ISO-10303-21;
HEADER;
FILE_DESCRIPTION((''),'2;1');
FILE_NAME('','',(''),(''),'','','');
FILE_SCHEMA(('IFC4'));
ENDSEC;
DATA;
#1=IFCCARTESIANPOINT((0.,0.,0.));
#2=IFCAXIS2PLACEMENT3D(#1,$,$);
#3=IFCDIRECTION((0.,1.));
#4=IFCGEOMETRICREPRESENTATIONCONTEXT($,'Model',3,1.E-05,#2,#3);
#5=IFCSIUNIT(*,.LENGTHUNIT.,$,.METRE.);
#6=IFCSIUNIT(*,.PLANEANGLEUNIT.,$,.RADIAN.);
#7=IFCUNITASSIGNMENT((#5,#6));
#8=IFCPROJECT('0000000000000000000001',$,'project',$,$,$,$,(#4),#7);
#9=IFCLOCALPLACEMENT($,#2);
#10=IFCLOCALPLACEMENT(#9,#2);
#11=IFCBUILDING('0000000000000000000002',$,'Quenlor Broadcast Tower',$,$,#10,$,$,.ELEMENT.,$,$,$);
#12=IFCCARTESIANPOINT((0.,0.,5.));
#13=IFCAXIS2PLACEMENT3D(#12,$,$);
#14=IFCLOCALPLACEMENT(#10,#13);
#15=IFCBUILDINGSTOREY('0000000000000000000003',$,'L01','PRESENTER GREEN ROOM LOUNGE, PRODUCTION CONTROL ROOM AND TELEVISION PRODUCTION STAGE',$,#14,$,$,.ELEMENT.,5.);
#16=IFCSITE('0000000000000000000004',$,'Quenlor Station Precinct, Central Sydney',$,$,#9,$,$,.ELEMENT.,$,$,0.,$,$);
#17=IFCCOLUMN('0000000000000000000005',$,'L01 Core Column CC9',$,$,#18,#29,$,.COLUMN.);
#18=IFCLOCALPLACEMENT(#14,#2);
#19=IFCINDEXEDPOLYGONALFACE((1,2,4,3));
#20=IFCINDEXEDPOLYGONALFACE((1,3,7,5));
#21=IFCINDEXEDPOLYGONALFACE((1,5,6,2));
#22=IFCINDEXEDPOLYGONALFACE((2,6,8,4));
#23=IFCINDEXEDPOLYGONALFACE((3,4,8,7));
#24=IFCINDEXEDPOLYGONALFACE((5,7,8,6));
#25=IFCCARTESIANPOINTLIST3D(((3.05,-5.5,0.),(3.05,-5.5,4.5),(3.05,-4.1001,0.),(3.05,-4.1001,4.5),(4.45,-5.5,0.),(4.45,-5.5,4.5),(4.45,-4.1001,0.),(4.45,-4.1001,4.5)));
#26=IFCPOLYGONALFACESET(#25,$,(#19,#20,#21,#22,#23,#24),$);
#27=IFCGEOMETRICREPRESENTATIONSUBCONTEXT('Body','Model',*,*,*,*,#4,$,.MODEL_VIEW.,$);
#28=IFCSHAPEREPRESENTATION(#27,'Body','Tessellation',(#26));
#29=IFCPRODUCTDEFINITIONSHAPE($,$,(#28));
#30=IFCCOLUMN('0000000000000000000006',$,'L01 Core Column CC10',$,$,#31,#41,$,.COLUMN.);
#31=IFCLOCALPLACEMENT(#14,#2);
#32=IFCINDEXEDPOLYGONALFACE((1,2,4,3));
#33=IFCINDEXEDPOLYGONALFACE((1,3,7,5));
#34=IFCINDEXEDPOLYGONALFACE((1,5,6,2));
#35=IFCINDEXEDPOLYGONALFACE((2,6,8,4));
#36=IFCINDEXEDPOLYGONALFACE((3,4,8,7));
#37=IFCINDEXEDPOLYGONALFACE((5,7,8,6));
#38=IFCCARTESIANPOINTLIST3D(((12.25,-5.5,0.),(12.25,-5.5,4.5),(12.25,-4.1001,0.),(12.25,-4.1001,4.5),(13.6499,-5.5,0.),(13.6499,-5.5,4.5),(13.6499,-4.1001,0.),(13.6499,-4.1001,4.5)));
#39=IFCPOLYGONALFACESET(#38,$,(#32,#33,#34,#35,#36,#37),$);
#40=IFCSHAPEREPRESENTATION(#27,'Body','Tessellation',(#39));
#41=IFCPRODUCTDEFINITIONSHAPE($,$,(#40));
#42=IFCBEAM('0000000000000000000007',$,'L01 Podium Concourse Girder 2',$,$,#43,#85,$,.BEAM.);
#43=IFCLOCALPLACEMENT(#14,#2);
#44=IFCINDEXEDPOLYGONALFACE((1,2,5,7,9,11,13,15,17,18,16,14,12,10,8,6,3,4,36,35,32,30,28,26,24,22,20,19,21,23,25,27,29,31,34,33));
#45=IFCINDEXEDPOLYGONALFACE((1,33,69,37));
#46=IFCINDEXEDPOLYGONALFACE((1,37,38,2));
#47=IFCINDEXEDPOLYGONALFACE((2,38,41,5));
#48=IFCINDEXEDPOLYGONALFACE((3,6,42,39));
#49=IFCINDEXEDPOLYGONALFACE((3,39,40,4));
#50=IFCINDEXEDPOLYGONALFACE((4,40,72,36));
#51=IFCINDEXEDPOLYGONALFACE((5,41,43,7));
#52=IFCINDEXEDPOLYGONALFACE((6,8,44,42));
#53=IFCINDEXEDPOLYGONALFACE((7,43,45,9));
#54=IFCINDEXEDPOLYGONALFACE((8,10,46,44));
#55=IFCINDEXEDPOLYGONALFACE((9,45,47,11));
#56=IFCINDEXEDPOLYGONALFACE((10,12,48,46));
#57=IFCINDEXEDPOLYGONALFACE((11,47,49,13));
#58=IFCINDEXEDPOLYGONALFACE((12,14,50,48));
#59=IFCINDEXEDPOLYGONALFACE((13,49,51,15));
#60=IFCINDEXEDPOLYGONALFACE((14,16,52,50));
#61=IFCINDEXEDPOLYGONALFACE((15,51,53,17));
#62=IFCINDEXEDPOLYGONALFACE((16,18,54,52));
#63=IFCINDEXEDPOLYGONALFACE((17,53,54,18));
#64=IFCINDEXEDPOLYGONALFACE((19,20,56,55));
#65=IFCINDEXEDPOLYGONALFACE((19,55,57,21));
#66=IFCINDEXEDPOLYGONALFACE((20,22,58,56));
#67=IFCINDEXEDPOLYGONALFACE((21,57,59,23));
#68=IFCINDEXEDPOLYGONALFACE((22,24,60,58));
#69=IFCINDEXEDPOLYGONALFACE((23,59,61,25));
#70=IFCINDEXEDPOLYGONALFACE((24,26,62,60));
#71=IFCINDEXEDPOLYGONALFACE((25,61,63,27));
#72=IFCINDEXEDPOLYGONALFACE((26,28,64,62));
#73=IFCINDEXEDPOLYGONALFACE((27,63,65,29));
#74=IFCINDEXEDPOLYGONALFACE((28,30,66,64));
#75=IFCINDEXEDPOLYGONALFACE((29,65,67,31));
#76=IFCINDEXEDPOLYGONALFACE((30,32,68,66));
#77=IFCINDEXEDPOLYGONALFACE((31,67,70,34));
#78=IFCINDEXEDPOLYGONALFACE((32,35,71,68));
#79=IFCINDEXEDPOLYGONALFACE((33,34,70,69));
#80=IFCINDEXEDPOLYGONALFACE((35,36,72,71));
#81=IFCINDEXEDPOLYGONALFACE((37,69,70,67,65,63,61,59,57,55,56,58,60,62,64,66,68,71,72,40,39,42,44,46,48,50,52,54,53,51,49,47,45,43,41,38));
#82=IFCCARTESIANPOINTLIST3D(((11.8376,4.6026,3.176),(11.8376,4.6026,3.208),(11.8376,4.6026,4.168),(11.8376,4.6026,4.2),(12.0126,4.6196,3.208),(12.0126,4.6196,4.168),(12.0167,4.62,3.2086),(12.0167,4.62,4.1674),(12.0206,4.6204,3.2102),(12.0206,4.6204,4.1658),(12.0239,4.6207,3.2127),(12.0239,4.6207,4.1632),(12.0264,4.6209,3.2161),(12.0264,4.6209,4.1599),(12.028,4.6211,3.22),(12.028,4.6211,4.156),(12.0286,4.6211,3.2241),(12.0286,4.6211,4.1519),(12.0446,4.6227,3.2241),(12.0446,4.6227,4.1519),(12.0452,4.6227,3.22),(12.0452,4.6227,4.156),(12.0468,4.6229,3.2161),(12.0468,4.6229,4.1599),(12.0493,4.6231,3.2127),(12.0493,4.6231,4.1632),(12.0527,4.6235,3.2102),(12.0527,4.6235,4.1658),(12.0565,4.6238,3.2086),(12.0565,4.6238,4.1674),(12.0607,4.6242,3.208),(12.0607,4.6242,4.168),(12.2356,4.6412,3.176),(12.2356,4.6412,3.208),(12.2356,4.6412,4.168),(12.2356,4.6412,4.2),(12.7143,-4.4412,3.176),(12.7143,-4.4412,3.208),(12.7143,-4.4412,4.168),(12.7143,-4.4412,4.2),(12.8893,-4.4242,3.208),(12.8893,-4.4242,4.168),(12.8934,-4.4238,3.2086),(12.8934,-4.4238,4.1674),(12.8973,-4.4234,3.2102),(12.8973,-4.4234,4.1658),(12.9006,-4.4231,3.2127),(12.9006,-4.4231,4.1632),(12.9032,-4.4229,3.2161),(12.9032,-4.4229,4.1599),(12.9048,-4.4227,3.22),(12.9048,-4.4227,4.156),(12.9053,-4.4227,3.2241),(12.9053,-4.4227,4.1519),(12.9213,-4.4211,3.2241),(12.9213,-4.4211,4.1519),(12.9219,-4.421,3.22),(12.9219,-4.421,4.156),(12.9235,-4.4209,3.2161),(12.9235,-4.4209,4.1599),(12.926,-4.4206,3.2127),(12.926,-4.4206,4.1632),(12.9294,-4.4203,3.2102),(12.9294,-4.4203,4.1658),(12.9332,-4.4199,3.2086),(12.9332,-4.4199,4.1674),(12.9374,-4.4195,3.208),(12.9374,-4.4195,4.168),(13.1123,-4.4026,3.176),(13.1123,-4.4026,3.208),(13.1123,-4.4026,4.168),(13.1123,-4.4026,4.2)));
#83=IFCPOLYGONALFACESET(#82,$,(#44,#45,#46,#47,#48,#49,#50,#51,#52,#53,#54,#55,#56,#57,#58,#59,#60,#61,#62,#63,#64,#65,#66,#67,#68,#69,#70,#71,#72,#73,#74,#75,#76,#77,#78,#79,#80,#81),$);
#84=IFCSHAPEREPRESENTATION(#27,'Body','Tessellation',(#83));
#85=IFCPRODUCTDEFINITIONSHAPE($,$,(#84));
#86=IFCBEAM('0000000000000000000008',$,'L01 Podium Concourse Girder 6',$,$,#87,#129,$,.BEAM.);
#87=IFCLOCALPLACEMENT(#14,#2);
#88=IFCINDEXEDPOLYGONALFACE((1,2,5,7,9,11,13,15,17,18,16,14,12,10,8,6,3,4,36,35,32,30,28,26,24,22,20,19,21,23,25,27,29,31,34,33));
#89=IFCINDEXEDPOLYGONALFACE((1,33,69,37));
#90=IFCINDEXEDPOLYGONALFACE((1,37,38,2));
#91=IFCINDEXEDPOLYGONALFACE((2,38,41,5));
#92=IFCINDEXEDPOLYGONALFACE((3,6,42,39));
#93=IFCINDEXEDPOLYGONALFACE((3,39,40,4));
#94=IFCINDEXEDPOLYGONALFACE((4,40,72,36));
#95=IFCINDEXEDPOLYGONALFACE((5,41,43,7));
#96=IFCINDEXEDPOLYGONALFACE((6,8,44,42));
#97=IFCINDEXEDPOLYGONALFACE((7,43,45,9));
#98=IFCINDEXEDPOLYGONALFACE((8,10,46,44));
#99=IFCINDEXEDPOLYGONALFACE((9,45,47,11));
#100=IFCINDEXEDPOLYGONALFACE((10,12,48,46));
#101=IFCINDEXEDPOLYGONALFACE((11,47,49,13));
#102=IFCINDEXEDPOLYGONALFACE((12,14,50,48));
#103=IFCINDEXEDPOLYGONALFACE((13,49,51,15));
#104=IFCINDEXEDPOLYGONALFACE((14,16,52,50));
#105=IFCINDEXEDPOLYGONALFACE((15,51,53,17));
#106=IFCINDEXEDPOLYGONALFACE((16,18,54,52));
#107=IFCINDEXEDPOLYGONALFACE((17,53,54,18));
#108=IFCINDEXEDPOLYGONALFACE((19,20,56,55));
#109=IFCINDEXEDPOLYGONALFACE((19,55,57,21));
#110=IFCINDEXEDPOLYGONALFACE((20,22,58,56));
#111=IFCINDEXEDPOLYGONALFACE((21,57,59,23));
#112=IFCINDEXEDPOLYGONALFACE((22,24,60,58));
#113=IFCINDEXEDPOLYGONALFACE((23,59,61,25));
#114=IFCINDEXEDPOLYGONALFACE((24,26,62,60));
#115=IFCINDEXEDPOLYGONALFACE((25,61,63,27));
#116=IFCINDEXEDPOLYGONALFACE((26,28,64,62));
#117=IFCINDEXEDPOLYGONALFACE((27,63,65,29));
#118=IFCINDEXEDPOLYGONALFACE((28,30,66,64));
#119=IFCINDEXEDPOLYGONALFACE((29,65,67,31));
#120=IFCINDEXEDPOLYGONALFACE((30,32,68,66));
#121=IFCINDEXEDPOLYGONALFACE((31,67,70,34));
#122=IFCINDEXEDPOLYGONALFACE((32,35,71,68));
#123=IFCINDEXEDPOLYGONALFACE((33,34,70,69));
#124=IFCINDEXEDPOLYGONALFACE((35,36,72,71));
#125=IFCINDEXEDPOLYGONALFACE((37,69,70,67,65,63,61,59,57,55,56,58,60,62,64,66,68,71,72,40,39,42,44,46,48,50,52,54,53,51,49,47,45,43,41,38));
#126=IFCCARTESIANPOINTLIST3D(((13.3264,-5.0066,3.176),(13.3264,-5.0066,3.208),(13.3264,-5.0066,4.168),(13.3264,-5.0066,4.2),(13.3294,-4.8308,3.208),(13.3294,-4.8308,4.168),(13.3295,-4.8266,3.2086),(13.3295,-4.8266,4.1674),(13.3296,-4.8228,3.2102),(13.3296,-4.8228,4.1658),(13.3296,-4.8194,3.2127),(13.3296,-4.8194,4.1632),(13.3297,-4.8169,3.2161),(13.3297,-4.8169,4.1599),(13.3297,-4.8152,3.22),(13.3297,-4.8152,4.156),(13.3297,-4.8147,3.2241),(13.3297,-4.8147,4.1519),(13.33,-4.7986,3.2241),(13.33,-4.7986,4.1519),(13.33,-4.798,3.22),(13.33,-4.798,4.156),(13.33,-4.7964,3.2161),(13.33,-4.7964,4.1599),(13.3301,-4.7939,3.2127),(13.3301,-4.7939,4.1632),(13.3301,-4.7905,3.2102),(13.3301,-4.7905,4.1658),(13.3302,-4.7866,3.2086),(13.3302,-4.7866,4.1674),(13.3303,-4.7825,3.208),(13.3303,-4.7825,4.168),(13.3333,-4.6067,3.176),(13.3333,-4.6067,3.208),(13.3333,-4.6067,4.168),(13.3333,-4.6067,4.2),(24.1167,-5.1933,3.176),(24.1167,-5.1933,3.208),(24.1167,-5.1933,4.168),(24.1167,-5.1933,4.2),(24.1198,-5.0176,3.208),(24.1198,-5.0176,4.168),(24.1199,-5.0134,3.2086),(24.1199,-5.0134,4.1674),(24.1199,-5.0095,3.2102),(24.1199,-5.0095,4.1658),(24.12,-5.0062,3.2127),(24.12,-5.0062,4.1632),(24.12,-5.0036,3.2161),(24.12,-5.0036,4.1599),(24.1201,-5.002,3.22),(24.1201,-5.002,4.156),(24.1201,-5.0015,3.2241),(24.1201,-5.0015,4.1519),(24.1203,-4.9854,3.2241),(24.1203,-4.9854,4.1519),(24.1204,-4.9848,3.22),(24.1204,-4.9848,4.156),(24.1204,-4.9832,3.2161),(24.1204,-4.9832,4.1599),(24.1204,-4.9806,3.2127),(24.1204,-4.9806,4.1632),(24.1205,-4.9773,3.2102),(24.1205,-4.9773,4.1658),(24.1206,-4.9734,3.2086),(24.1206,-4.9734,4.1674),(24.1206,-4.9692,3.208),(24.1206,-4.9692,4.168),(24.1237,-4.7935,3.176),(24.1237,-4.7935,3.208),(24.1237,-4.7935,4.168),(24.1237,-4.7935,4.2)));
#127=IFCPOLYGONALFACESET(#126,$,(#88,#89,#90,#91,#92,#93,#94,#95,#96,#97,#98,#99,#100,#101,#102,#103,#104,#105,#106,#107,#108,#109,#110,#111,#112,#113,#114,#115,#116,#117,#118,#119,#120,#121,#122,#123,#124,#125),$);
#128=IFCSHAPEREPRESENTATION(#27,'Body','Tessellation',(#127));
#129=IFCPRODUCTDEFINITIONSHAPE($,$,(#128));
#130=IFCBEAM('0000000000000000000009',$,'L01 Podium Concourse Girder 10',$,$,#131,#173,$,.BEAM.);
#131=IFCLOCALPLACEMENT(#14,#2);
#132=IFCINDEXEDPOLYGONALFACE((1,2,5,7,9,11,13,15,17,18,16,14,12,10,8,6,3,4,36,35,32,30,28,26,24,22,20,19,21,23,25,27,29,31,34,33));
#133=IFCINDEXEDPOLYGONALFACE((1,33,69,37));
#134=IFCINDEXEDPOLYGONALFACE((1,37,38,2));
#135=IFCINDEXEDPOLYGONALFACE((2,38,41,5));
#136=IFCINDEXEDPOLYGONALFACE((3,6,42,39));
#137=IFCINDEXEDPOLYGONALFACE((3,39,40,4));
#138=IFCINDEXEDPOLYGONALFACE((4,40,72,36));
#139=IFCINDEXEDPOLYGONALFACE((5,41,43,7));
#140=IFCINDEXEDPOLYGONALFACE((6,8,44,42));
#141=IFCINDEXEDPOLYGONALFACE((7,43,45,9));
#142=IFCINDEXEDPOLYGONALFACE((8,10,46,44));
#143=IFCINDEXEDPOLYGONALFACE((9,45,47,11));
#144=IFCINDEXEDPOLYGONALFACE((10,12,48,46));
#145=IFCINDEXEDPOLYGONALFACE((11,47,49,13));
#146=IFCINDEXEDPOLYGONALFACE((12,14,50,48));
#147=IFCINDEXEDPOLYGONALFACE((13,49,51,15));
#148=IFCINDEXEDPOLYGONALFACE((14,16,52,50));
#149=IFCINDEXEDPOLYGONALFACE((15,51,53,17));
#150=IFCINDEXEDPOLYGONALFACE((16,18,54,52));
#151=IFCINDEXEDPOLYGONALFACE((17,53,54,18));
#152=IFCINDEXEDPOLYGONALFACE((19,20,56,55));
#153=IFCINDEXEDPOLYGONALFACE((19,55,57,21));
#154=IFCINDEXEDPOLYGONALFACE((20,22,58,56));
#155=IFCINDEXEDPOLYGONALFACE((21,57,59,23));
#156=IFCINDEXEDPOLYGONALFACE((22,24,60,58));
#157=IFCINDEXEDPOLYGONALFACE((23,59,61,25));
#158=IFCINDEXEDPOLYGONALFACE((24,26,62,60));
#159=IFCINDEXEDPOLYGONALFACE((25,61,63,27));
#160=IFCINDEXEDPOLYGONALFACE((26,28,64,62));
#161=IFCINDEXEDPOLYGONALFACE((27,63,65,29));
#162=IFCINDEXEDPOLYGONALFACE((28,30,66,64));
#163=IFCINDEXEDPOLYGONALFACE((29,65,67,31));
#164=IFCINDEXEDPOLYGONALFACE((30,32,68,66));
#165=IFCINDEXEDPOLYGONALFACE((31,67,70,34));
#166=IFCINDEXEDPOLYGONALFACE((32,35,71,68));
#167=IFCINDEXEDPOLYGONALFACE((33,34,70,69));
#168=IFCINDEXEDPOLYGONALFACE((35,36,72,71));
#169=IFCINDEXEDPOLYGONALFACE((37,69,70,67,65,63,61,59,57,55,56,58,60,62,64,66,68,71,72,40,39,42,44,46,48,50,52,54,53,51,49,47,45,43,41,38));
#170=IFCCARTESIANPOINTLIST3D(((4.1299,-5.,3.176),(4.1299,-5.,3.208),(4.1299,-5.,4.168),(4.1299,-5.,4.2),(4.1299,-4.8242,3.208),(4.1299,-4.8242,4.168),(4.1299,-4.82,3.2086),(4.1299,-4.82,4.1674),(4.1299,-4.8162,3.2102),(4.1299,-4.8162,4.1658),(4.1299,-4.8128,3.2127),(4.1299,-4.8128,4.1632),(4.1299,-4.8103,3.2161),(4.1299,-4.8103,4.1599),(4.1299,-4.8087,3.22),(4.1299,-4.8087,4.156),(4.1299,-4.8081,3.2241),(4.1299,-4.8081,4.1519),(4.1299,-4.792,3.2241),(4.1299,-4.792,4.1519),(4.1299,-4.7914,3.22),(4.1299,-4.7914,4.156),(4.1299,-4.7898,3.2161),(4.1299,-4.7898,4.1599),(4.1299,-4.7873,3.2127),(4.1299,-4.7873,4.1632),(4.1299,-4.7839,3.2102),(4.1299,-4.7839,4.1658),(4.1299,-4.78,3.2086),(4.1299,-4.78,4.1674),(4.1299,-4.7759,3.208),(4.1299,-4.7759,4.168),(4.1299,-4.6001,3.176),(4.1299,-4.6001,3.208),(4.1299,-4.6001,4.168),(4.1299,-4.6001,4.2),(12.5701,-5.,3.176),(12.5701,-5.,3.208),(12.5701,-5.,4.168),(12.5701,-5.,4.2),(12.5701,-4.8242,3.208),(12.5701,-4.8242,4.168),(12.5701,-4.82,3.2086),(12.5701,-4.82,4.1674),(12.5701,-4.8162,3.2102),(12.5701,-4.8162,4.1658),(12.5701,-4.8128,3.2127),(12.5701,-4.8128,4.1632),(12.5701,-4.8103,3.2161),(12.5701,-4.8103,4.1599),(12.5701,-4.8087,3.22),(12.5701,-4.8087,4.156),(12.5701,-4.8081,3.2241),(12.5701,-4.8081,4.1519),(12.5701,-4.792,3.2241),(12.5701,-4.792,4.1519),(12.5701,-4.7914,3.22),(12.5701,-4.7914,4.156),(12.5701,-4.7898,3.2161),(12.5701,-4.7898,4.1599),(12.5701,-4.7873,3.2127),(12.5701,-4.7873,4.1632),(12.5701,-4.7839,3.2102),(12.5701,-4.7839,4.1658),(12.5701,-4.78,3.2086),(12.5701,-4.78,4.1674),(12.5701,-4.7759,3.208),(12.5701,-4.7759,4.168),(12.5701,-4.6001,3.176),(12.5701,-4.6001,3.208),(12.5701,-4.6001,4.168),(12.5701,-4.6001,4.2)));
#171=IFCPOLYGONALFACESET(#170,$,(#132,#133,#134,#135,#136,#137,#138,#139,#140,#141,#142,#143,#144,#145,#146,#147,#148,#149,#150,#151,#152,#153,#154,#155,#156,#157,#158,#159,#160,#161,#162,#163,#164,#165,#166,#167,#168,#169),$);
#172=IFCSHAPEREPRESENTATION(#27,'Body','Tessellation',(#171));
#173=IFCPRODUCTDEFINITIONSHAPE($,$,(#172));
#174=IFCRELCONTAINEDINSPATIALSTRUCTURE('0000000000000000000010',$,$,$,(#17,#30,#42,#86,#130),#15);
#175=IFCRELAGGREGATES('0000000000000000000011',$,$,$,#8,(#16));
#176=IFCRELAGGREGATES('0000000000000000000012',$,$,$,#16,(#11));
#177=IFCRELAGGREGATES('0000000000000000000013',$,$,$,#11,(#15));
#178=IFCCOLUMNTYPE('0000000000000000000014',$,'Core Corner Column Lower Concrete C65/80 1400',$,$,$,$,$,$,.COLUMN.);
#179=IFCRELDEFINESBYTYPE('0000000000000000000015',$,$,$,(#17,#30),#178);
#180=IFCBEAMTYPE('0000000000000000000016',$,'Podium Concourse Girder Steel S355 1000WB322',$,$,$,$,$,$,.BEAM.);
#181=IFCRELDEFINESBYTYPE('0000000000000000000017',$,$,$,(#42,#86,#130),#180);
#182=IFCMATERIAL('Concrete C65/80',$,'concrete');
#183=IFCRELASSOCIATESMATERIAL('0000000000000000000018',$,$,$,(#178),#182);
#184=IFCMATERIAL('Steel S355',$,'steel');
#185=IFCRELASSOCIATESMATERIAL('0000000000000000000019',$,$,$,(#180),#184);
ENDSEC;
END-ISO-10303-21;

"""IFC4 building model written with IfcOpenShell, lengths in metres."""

from ifc_helpers import new_model, si_unit, direction, frame, origin, origin_2d, place, context, subcontext, project, spatial, rectangle, i_section, extrude, material, material_profile, profile_set, type_object, element, save


model = new_model("IFC4")

# Units and contexts
model_context = context("Model", 3, precision=1e-05, world=origin(), true_north=direction((0.0, 1.0)))
body_context = subcontext(model_context, "Body", "Model", "MODEL_VIEW")
ifc_project = project(units=[si_unit("LENGTHUNIT", "METRE"), si_unit("PLANEANGLEUNIT", "RADIAN")], contexts=[model_context])

# Site, building, storey
site_placement = place(None, origin())
site = spatial("IfcSite", under=ifc_project, at=site_placement, Name="Quenlor Station Precinct, Central Sydney", CompositionType="ELEMENT", RefElevation=0.0)
building_placement = place(site_placement, origin())
building = spatial("IfcBuilding", under=site, at=building_placement, Name="Quenlor Broadcast Tower", CompositionType="ELEMENT")
storey_placement = place(building_placement, frame((0.0, 0.0, 5.0)))
storey = spatial("IfcBuildingStorey", under=building, at=storey_placement, Name="L01", Description="PRESENTER GREEN ROOM LOUNGE, PRODUCTION CONTROL ROOM AND TELEVISION PRODUCTION STAGE", CompositionType="ELEMENT", Elevation=5.0)

# Columns
ifc_material_1 = material(Name="Concrete C65/80", Category="concrete")
ifc_material_profile_1 = material_profile(ifc_material_1, rectangle(XDim=1.3999, YDim=1.3999, at=origin_2d()))
ifc_profile_set_1 = profile_set([ifc_material_profile_1], Name="Concrete C65/80 RC1400x1400")
column_type = type_object("IfcColumnType", Name="Core Corner Column Lower Concrete C65/80 1400", PredefinedType="COLUMN", material=ifc_profile_set_1)
for number, where, z_axis, x_axis, name in (
    (1, (3.75, -4.8, 0.0), (0.0, 0.0, 1.0), (1.0, 0.0, 0.0), "L01 Core Column CC9"),
    (2, (12.95, -4.8, 0.0), (0.0, 0.0, 1.0), (1.0, 0.0, 0.0), "L01 Core Column CC10"),
):
    element("IfcColumn", number, at=place(storey_placement, frame(where, z_axis=z_axis, x_axis=x_axis)), inside=storey, type_object=column_type, Name=name, PredefinedType="COLUMN", context=body_context, shape_type="SweptSolid", body=[
        extrude(rectangle(XDim=1.3999, YDim=1.3999, at=origin_2d()), origin(), (0.0, 0.0, 1.0), 4.5),
    ])

# Beams
ifc_material_2 = material(Name="Steel S355", Category="steel")
ifc_material_profile_2 = material_profile(ifc_material_2, i_section(OverallWidth=0.3999, OverallDepth=1.0239, WebThickness=0.0161, FlangeThickness=0.032, FilletRadius=0.0161, at=origin_2d()))
ifc_profile_set_2 = profile_set([ifc_material_profile_2], Name="Steel S355 1000WB322")
beam_type_1 = type_object("IfcBeamType", Name="Podium Concourse Girder Steel S355 1000WB322", PredefinedType="BEAM", material=ifc_profile_set_2)
beam_1_placement = place(storey_placement, frame((12.9133, -4.4219, 3.688), z_axis=(-0.096489, 0.995334, 0.0), x_axis=(-0.995334, -0.096489, 0.0)))
element("IfcBeam", 3, at=beam_1_placement, inside=storey, type_object=beam_type_1, Name="L01 Podium Concourse Girder 2", PredefinedType="BEAM", context=body_context, shape_type="SweptSolid", body=[
    extrude(i_section(OverallWidth=0.3999, OverallDepth=1.0239, WebThickness=0.0161, FlangeThickness=0.032, FilletRadius=0.0161, at=origin_2d()), origin(), (0.0, 0.0, 1.0), 9.0862),
])
beam_2_placement = place(storey_placement, frame((13.3298, -4.8066, 3.688), z_axis=(0.99985, -0.017306, 0.0), x_axis=(0.017306, 0.99985, 0.0)))
element("IfcBeam", 4, at=beam_2_placement, inside=storey, type_object=beam_type_1, Name="L01 Podium Concourse Girder 6", PredefinedType="BEAM", context=body_context, shape_type="SweptSolid", body=[
    extrude(i_section(OverallWidth=0.3999, OverallDepth=1.0239, WebThickness=0.0161, FlangeThickness=0.032, FilletRadius=0.0161, at=origin_2d()), origin(), (0.0, 0.0, 1.0), 10.792),
])
beam_3_placement = place(storey_placement, frame((4.1299, -4.8, 3.688), z_axis=(1.0, 0.0, 0.0), x_axis=(0.0, 1.0, 0.0)))
element("IfcBeam", 5, at=beam_3_placement, inside=storey, type_object=beam_type_1, Name="L01 Podium Concourse Girder 10", PredefinedType="BEAM", context=body_context, shape_type="SweptSolid", body=[
    extrude(i_section(OverallWidth=0.3999, OverallDepth=1.0239, WebThickness=0.0161, FlangeThickness=0.032, FilletRadius=0.0161, at=origin_2d()), origin(), (0.0, 0.0, 1.0), 8.4402),
])

save(model, "model.ifc")
